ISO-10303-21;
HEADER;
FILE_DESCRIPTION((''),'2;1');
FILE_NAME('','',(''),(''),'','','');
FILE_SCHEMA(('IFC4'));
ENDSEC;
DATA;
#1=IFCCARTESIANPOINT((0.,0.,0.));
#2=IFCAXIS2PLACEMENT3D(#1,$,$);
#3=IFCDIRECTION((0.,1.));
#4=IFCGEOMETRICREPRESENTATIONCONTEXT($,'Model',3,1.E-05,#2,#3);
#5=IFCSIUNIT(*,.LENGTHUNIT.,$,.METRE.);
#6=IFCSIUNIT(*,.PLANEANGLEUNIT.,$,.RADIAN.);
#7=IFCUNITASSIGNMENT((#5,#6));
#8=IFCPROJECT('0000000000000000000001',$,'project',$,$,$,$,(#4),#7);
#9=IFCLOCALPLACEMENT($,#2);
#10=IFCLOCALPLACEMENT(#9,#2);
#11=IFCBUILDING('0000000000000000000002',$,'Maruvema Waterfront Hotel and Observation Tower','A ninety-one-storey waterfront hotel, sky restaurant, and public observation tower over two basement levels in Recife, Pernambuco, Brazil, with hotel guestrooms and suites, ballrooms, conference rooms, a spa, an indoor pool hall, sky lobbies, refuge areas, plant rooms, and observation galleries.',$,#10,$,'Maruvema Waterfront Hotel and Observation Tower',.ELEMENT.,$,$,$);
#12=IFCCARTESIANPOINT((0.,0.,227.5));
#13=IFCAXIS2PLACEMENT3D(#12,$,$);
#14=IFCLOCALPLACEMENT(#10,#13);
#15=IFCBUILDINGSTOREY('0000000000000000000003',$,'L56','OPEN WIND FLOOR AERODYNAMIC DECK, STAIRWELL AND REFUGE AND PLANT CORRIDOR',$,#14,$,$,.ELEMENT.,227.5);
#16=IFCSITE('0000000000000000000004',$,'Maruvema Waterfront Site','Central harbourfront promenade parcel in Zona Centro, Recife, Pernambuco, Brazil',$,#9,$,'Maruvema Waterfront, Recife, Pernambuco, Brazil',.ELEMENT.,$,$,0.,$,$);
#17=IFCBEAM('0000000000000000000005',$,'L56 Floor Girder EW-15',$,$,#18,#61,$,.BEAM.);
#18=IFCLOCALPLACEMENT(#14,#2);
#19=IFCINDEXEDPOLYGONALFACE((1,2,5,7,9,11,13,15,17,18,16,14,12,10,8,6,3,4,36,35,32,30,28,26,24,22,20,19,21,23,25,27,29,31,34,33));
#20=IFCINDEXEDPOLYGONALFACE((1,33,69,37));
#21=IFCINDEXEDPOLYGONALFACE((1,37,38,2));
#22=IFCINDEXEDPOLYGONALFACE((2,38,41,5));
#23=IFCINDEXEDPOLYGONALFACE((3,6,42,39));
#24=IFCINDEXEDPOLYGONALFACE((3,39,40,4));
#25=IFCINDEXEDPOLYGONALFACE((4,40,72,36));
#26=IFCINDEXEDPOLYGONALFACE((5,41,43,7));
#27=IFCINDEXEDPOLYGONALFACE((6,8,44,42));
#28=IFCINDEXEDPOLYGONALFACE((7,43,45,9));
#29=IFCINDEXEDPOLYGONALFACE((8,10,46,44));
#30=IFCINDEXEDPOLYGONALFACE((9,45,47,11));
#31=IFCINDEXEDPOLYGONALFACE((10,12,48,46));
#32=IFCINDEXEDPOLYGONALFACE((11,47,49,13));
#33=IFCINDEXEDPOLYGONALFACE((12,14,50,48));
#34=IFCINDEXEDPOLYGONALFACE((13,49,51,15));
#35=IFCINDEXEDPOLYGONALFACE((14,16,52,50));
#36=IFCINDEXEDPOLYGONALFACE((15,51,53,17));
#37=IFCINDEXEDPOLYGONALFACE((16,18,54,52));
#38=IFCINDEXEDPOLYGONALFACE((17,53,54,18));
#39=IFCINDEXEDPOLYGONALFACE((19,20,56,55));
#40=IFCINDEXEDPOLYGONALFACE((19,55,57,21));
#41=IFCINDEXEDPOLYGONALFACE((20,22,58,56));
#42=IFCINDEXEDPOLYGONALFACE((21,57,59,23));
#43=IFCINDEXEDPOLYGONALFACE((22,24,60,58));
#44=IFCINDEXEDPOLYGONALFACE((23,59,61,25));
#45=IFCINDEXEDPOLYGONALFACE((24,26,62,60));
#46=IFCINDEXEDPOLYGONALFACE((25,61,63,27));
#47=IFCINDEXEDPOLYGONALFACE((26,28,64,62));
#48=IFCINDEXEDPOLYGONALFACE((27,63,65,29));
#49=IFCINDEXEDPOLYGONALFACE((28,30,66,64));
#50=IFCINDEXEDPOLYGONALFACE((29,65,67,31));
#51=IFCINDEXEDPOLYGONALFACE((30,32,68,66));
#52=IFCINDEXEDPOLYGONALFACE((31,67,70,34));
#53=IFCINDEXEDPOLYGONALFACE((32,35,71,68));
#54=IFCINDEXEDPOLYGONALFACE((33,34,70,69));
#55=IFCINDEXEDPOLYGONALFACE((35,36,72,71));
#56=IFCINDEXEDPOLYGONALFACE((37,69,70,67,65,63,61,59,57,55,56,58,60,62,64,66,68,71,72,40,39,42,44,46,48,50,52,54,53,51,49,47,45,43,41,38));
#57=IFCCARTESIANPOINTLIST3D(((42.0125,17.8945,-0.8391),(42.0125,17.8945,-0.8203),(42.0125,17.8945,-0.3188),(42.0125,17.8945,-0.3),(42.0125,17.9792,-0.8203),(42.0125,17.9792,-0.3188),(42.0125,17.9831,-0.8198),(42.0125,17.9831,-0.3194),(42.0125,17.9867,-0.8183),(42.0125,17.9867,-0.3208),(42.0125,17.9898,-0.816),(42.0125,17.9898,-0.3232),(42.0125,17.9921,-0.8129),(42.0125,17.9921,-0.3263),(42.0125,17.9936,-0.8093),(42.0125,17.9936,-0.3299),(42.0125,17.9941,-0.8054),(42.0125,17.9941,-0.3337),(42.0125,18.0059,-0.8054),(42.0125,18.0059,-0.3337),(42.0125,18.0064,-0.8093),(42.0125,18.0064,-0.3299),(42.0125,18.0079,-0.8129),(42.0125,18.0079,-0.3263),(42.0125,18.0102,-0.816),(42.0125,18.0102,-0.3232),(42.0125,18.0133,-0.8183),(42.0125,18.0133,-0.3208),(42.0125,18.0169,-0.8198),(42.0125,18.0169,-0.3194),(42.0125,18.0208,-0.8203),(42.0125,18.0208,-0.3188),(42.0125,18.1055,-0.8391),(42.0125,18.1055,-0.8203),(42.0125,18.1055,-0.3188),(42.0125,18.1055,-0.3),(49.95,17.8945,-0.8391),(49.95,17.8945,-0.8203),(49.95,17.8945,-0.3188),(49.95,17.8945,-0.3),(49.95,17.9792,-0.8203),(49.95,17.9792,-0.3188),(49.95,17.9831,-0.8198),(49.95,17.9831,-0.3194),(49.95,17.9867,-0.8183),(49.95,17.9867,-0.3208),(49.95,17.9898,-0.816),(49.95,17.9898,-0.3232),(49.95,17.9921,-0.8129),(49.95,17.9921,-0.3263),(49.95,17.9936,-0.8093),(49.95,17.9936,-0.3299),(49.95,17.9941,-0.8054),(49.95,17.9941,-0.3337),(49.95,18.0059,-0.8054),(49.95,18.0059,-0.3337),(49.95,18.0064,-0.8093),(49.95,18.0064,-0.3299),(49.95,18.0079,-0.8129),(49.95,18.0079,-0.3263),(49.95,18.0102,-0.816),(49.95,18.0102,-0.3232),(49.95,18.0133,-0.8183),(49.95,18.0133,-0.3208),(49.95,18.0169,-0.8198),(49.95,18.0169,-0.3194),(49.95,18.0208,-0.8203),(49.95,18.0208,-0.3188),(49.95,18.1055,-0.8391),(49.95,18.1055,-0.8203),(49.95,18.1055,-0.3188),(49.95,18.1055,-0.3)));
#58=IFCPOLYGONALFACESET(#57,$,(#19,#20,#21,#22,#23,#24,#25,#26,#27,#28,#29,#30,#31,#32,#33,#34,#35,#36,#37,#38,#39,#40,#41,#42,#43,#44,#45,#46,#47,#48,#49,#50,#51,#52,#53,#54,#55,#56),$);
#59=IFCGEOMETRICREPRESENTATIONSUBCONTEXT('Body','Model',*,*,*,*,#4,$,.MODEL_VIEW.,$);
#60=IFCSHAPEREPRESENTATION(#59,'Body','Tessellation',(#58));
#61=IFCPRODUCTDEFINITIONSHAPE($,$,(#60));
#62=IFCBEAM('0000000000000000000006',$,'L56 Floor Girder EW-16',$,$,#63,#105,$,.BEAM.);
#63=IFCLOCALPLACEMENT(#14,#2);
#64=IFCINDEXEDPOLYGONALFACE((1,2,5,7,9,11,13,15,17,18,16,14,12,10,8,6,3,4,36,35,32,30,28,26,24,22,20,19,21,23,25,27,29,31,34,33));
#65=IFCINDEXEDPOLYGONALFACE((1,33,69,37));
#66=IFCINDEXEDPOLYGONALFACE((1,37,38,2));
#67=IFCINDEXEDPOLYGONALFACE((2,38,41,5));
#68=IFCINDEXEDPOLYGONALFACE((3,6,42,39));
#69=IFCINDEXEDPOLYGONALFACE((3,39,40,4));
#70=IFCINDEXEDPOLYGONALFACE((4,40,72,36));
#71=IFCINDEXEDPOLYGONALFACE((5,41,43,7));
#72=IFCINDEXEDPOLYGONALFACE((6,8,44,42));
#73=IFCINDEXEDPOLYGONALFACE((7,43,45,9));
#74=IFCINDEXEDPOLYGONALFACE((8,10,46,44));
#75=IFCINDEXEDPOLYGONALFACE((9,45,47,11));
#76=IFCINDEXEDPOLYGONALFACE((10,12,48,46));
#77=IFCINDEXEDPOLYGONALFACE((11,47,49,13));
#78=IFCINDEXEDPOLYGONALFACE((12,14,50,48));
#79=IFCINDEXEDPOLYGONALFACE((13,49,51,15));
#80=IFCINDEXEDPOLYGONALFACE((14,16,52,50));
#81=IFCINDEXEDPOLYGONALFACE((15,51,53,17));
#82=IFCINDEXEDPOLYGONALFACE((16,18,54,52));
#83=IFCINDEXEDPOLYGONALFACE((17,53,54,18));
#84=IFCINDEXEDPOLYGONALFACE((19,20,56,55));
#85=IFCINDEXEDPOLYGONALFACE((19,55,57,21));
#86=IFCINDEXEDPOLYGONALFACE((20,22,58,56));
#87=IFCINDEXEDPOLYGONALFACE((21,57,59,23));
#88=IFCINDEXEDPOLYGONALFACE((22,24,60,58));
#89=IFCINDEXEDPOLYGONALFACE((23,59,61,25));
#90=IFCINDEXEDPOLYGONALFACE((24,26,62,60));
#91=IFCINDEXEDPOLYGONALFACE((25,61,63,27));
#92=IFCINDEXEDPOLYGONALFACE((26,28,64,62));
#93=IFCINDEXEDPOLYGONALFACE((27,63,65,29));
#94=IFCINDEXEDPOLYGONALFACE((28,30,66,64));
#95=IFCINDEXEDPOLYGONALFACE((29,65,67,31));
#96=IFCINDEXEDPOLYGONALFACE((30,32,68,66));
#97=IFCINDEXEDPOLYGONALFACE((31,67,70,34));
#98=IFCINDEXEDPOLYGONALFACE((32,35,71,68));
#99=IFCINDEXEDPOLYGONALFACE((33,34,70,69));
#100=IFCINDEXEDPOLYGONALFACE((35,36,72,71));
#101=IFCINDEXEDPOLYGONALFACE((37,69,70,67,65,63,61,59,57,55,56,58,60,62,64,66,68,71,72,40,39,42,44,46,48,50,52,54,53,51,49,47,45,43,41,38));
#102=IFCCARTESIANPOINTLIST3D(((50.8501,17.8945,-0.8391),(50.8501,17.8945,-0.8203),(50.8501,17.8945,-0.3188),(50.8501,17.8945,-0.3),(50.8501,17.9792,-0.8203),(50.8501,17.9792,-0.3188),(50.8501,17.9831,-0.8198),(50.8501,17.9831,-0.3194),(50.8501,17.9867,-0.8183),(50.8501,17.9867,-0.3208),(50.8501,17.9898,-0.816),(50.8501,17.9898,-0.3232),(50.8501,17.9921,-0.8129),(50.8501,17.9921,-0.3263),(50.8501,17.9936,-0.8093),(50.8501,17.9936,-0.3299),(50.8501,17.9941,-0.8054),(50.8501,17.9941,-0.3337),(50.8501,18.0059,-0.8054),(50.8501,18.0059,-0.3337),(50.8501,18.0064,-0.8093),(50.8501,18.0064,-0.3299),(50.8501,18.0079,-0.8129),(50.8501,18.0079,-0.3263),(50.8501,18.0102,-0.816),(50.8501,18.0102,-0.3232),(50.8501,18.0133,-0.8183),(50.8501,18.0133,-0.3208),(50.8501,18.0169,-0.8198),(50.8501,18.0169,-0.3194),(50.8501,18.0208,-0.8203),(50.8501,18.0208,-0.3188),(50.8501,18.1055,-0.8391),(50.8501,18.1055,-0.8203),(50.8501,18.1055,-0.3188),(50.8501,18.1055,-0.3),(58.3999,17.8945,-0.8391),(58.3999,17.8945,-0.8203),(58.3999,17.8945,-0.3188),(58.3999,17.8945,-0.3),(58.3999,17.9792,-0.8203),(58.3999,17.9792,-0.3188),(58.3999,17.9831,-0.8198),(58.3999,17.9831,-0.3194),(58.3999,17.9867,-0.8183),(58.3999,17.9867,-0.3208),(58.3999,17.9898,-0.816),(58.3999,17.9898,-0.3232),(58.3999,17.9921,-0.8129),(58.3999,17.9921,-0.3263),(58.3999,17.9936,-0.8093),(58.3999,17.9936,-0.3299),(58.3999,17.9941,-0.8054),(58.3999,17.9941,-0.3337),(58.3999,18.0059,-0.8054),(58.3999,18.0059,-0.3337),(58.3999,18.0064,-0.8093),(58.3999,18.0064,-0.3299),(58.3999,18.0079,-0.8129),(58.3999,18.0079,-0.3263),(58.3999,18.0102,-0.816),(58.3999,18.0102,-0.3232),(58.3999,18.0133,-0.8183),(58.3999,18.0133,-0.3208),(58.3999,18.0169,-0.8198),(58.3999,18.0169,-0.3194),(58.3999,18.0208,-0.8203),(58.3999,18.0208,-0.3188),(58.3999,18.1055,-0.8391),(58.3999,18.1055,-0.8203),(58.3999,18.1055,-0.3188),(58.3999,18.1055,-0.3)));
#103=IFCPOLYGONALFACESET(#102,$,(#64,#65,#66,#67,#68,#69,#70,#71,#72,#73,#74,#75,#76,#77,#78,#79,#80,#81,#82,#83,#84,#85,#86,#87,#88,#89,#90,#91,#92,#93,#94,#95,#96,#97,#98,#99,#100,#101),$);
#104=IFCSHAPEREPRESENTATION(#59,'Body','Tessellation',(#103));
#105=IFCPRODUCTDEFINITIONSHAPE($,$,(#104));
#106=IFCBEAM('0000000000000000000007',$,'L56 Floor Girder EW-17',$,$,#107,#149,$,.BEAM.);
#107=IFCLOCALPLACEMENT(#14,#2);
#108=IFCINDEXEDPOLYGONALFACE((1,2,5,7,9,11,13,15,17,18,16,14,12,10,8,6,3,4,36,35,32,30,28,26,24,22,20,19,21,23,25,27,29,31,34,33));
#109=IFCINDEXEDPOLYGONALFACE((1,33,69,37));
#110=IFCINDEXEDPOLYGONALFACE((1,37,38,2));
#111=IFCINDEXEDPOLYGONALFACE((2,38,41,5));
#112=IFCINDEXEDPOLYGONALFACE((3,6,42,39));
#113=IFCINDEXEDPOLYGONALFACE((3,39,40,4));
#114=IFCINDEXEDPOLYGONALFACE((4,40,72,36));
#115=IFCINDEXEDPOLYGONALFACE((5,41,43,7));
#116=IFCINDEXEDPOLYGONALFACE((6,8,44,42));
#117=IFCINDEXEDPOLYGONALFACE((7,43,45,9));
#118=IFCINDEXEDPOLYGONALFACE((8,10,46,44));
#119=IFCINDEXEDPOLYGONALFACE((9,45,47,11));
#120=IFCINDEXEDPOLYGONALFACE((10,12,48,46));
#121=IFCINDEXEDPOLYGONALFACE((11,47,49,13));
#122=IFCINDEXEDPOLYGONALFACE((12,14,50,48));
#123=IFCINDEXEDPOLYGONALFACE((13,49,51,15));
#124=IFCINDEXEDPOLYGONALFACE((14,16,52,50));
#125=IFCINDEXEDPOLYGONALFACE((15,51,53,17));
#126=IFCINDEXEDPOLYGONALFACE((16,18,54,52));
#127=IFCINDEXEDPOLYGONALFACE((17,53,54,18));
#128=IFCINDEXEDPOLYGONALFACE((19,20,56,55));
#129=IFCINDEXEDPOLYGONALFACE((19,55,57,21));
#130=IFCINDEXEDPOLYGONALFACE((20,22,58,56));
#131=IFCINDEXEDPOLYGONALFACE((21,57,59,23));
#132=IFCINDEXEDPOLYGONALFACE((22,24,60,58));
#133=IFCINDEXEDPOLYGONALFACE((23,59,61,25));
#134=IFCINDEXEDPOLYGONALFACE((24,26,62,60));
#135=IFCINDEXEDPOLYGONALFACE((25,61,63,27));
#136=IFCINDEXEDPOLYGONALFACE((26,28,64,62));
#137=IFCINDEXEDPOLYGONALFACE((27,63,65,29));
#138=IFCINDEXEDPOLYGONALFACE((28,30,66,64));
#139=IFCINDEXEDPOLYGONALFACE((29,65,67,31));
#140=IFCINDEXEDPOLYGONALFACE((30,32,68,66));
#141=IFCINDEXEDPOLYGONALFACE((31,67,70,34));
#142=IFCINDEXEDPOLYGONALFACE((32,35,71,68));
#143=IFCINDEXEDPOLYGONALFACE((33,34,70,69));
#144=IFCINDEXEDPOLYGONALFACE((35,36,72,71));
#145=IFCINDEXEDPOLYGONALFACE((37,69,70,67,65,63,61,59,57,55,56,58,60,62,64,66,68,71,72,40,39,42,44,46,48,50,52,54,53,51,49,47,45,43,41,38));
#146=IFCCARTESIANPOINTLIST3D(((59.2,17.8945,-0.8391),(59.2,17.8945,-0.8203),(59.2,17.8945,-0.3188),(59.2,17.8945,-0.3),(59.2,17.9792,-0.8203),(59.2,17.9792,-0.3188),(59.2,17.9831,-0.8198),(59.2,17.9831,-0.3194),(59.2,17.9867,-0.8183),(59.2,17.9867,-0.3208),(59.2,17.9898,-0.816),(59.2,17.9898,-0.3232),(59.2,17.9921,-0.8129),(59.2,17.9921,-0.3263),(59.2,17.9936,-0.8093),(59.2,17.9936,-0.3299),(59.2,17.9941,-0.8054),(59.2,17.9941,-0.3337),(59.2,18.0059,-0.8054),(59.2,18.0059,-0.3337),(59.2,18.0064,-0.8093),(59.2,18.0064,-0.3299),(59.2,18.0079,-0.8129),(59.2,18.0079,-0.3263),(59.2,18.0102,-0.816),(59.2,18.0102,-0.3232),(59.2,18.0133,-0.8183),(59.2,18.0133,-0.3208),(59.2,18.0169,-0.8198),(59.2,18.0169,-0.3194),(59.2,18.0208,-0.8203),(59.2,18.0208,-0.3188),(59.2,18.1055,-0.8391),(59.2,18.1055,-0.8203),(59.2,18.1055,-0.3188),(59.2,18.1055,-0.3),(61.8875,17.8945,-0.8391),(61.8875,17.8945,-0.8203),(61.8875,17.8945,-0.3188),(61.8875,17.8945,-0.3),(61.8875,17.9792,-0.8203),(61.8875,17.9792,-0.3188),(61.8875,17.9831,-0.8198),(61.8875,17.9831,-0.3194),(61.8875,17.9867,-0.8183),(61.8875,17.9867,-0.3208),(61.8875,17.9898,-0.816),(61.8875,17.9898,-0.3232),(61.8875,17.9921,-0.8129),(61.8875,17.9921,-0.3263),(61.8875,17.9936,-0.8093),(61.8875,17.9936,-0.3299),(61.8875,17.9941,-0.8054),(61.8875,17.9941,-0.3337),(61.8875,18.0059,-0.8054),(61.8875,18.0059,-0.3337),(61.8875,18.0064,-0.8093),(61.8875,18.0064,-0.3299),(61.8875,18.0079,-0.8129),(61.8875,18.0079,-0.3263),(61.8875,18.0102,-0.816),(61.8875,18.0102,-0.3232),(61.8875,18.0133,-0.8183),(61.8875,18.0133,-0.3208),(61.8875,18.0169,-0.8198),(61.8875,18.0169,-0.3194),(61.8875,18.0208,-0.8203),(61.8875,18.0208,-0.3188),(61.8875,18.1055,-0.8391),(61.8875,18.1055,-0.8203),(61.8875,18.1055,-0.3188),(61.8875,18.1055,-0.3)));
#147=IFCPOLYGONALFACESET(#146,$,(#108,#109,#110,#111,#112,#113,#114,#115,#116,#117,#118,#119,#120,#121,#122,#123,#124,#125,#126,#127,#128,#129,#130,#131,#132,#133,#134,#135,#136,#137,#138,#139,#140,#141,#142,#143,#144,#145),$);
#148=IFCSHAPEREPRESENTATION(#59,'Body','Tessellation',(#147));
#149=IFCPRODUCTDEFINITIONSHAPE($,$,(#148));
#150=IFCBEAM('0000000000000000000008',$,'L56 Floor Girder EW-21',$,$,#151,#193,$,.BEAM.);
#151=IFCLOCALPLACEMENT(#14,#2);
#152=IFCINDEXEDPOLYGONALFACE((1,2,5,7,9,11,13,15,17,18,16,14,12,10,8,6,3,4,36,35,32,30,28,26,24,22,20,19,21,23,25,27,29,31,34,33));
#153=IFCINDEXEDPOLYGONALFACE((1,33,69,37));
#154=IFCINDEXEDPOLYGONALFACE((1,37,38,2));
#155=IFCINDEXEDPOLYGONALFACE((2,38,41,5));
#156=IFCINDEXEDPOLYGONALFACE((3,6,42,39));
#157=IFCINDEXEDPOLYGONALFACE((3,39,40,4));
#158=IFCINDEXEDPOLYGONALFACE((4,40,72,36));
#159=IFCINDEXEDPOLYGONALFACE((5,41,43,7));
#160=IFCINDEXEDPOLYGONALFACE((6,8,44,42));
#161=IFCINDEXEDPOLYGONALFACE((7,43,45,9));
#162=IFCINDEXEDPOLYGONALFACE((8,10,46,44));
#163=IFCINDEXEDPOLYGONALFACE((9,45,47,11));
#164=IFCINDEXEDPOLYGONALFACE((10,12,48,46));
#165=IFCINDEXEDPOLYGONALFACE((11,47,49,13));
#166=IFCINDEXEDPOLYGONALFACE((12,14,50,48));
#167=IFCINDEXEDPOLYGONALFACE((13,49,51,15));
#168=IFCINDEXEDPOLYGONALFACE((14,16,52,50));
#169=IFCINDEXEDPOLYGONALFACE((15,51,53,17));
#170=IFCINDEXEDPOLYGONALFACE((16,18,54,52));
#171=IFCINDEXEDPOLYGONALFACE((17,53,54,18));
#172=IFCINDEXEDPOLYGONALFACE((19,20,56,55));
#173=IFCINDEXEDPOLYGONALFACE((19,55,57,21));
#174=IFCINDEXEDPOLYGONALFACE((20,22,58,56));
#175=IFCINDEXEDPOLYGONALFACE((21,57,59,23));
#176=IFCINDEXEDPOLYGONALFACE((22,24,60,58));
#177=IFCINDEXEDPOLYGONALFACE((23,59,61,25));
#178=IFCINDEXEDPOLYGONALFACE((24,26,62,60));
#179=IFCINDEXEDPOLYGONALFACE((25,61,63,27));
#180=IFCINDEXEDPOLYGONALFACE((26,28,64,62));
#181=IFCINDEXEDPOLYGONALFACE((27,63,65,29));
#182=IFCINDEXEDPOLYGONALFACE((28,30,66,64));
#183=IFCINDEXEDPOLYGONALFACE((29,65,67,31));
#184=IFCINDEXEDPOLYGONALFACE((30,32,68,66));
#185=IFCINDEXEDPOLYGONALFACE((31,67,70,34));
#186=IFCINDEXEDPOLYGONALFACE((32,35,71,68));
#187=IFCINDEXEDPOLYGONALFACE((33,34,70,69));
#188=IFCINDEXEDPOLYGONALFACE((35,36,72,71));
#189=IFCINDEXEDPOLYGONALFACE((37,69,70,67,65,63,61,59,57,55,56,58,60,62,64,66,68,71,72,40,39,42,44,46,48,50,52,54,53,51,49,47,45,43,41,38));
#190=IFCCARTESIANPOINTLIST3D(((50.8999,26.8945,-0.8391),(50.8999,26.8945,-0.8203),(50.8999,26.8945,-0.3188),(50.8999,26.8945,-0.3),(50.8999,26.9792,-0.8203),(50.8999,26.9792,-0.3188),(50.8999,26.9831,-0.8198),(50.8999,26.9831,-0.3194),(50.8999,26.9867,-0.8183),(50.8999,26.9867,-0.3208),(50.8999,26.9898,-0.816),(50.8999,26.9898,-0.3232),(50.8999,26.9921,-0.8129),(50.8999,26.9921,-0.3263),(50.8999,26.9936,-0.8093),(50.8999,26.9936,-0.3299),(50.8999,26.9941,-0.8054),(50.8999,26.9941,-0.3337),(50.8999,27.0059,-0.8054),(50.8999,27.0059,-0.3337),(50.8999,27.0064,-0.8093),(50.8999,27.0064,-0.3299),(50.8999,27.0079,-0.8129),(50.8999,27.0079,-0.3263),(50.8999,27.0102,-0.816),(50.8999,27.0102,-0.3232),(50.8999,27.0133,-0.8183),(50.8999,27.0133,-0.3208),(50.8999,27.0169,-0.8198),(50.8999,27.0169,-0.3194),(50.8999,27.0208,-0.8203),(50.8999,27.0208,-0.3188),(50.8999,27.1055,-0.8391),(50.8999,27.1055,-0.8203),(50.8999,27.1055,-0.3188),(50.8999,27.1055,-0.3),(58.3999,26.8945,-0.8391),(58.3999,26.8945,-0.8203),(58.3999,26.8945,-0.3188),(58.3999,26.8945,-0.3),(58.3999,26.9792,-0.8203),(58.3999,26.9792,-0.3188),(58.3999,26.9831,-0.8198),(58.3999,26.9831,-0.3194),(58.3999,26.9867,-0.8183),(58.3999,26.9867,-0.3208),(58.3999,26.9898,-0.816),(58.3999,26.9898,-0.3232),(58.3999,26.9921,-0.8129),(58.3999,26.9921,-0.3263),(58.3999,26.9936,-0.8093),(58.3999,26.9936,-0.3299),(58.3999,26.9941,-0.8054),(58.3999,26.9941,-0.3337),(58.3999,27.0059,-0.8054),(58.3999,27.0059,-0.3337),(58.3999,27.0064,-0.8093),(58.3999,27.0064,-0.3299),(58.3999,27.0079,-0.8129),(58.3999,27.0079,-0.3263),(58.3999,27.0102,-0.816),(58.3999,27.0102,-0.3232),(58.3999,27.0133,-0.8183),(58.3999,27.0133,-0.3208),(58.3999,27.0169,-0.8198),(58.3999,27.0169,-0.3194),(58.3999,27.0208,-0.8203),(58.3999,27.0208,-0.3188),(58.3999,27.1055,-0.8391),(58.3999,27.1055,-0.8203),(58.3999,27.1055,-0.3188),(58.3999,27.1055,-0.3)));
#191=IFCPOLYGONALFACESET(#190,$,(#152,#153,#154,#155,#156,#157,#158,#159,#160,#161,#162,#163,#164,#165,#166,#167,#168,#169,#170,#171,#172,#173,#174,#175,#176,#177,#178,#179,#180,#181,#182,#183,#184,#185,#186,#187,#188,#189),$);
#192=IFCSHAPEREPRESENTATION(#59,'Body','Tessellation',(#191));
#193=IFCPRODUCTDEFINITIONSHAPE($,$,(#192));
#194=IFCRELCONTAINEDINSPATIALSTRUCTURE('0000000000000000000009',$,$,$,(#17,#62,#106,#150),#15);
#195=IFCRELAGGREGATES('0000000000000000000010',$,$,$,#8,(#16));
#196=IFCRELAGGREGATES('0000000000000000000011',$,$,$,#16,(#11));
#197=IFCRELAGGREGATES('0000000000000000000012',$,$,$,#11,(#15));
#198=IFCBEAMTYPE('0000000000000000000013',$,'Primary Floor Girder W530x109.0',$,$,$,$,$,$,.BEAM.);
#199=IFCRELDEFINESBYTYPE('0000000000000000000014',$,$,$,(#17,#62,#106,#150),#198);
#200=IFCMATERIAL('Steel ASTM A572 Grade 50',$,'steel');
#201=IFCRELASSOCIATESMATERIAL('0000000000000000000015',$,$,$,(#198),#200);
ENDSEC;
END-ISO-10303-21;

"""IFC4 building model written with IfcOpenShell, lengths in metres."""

from ifc_helpers import new_model, si_unit, direction, frame, origin, origin_2d, place, context, subcontext, project, spatial, i_section, extrude, material, material_profile, profile_set, type_object, element, save


model = new_model("IFC4")

# Units and contexts
model_context = context("Model", 3, precision=1e-05, world=origin(), true_north=direction((0.0, 1.0)))
body_context = subcontext(model_context, "Body", "Model", "MODEL_VIEW")
ifc_project = project(units=[si_unit("LENGTHUNIT", "METRE"), si_unit("PLANEANGLEUNIT", "RADIAN")], contexts=[model_context])

# Site, building, storey
site_placement = place(None, origin())
site = spatial("IfcSite", under=ifc_project, at=site_placement, Name="Maruvema Waterfront Site", Description="Central harbourfront promenade parcel in Zona Centro, Recife, Pernambuco, Brazil", LongName="Maruvema Waterfront, Recife, Pernambuco, Brazil", CompositionType="ELEMENT", RefElevation=0.0)
building_placement = place(site_placement, origin())
building = spatial("IfcBuilding", under=site, at=building_placement, Name="Maruvema Waterfront Hotel and Observation Tower", Description="A ninety-one-storey waterfront hotel, sky restaurant, and public observation tower over two basement levels in Recife, Pernambuco, Brazil, with hotel guestrooms and suites, ballrooms, conference rooms, a spa, an indoor pool hall, sky lobbies, refuge areas, plant rooms, and observation galleries.", LongName="Maruvema Waterfront Hotel and Observation Tower", CompositionType="ELEMENT")
storey_placement = place(building_placement, frame((0.0, 0.0, 227.5)))
storey = spatial("IfcBuildingStorey", under=building, at=storey_placement, Name="L56", Description="OPEN WIND FLOOR AERODYNAMIC DECK, STAIRWELL AND REFUGE AND PLANT CORRIDOR", CompositionType="ELEMENT", Elevation=227.5)

# Beams
ifc_material_1 = material(Name="Steel ASTM A572 Grade 50", Category="steel")
ifc_material_profile_1 = material_profile(ifc_material_1, i_section(OverallWidth=0.2109, OverallDepth=0.5391, WebThickness=0.0117, FlangeThickness=0.0188, FilletRadius=0.0149, at=origin_2d()), Name="W530x109.0")
ifc_profile_set_1 = profile_set([ifc_material_profile_1], Name="Steel ASTM A572 Grade 50")
beam_type_1 = type_object("IfcBeamType", Name="Primary Floor Girder W530x109.0", PredefinedType="BEAM", material=ifc_profile_set_1)
beam_1_placement = place(storey_placement, frame((42.0125, 18.0, -0.5696), z_axis=(1.0, 0.0, 0.0), x_axis=(0.0, 1.0, 0.0)))
element("IfcBeam", 1, at=beam_1_placement, inside=storey, type_object=beam_type_1, Name="L56 Floor Girder EW-15", PredefinedType="BEAM", context=body_context, shape_type="SweptSolid", body=[
    extrude(i_section(OverallWidth=0.2109, OverallDepth=0.5391, WebThickness=0.0117, FlangeThickness=0.0188, FilletRadius=0.0149, at=origin_2d()), origin(), (0.0, 0.0, 1.0), 7.9375),
])
beam_2_placement = place(storey_placement, frame((50.8501, 18.0, -0.5696), z_axis=(1.0, 0.0, 0.0), x_axis=(0.0, 1.0, 0.0)))
element("IfcBeam", 2, at=beam_2_placement, inside=storey, type_object=beam_type_1, Name="L56 Floor Girder EW-16", PredefinedType="BEAM", context=body_context, shape_type="SweptSolid", body=[
    extrude(i_section(OverallWidth=0.2109, OverallDepth=0.5391, WebThickness=0.0117, FlangeThickness=0.0188, FilletRadius=0.0149, at=origin_2d()), origin(), (0.0, 0.0, 1.0), 7.5498),
])
beam_3_placement = place(storey_placement, frame((59.2, 18.0, -0.5696), z_axis=(1.0, 0.0, 0.0), x_axis=(0.0, 1.0, 0.0)))
element("IfcBeam", 3, at=beam_3_placement, inside=storey, type_object=beam_type_1, Name="L56 Floor Girder EW-17", PredefinedType="BEAM", context=body_context, shape_type="SweptSolid", body=[
    extrude(i_section(OverallWidth=0.2109, OverallDepth=0.5391, WebThickness=0.0117, FlangeThickness=0.0188, FilletRadius=0.0149, at=origin_2d()), origin(), (0.0, 0.0, 1.0), 2.6875),
])
beam_4_placement = place(storey_placement, frame((50.8999, 27.0, -0.5696), z_axis=(1.0, 0.0, 0.0), x_axis=(0.0, 1.0, 0.0)))
element("IfcBeam", 4, at=beam_4_placement, inside=storey, type_object=beam_type_1, Name="L56 Floor Girder EW-21", PredefinedType="BEAM", context=body_context, shape_type="SweptSolid", body=[
    extrude(i_section(OverallWidth=0.2109, OverallDepth=0.5391, WebThickness=0.0117, FlangeThickness=0.0188, FilletRadius=0.0149, at=origin_2d()), origin(), (0.0, 0.0, 1.0), 7.5),
])

save(model, "model.ifc")
